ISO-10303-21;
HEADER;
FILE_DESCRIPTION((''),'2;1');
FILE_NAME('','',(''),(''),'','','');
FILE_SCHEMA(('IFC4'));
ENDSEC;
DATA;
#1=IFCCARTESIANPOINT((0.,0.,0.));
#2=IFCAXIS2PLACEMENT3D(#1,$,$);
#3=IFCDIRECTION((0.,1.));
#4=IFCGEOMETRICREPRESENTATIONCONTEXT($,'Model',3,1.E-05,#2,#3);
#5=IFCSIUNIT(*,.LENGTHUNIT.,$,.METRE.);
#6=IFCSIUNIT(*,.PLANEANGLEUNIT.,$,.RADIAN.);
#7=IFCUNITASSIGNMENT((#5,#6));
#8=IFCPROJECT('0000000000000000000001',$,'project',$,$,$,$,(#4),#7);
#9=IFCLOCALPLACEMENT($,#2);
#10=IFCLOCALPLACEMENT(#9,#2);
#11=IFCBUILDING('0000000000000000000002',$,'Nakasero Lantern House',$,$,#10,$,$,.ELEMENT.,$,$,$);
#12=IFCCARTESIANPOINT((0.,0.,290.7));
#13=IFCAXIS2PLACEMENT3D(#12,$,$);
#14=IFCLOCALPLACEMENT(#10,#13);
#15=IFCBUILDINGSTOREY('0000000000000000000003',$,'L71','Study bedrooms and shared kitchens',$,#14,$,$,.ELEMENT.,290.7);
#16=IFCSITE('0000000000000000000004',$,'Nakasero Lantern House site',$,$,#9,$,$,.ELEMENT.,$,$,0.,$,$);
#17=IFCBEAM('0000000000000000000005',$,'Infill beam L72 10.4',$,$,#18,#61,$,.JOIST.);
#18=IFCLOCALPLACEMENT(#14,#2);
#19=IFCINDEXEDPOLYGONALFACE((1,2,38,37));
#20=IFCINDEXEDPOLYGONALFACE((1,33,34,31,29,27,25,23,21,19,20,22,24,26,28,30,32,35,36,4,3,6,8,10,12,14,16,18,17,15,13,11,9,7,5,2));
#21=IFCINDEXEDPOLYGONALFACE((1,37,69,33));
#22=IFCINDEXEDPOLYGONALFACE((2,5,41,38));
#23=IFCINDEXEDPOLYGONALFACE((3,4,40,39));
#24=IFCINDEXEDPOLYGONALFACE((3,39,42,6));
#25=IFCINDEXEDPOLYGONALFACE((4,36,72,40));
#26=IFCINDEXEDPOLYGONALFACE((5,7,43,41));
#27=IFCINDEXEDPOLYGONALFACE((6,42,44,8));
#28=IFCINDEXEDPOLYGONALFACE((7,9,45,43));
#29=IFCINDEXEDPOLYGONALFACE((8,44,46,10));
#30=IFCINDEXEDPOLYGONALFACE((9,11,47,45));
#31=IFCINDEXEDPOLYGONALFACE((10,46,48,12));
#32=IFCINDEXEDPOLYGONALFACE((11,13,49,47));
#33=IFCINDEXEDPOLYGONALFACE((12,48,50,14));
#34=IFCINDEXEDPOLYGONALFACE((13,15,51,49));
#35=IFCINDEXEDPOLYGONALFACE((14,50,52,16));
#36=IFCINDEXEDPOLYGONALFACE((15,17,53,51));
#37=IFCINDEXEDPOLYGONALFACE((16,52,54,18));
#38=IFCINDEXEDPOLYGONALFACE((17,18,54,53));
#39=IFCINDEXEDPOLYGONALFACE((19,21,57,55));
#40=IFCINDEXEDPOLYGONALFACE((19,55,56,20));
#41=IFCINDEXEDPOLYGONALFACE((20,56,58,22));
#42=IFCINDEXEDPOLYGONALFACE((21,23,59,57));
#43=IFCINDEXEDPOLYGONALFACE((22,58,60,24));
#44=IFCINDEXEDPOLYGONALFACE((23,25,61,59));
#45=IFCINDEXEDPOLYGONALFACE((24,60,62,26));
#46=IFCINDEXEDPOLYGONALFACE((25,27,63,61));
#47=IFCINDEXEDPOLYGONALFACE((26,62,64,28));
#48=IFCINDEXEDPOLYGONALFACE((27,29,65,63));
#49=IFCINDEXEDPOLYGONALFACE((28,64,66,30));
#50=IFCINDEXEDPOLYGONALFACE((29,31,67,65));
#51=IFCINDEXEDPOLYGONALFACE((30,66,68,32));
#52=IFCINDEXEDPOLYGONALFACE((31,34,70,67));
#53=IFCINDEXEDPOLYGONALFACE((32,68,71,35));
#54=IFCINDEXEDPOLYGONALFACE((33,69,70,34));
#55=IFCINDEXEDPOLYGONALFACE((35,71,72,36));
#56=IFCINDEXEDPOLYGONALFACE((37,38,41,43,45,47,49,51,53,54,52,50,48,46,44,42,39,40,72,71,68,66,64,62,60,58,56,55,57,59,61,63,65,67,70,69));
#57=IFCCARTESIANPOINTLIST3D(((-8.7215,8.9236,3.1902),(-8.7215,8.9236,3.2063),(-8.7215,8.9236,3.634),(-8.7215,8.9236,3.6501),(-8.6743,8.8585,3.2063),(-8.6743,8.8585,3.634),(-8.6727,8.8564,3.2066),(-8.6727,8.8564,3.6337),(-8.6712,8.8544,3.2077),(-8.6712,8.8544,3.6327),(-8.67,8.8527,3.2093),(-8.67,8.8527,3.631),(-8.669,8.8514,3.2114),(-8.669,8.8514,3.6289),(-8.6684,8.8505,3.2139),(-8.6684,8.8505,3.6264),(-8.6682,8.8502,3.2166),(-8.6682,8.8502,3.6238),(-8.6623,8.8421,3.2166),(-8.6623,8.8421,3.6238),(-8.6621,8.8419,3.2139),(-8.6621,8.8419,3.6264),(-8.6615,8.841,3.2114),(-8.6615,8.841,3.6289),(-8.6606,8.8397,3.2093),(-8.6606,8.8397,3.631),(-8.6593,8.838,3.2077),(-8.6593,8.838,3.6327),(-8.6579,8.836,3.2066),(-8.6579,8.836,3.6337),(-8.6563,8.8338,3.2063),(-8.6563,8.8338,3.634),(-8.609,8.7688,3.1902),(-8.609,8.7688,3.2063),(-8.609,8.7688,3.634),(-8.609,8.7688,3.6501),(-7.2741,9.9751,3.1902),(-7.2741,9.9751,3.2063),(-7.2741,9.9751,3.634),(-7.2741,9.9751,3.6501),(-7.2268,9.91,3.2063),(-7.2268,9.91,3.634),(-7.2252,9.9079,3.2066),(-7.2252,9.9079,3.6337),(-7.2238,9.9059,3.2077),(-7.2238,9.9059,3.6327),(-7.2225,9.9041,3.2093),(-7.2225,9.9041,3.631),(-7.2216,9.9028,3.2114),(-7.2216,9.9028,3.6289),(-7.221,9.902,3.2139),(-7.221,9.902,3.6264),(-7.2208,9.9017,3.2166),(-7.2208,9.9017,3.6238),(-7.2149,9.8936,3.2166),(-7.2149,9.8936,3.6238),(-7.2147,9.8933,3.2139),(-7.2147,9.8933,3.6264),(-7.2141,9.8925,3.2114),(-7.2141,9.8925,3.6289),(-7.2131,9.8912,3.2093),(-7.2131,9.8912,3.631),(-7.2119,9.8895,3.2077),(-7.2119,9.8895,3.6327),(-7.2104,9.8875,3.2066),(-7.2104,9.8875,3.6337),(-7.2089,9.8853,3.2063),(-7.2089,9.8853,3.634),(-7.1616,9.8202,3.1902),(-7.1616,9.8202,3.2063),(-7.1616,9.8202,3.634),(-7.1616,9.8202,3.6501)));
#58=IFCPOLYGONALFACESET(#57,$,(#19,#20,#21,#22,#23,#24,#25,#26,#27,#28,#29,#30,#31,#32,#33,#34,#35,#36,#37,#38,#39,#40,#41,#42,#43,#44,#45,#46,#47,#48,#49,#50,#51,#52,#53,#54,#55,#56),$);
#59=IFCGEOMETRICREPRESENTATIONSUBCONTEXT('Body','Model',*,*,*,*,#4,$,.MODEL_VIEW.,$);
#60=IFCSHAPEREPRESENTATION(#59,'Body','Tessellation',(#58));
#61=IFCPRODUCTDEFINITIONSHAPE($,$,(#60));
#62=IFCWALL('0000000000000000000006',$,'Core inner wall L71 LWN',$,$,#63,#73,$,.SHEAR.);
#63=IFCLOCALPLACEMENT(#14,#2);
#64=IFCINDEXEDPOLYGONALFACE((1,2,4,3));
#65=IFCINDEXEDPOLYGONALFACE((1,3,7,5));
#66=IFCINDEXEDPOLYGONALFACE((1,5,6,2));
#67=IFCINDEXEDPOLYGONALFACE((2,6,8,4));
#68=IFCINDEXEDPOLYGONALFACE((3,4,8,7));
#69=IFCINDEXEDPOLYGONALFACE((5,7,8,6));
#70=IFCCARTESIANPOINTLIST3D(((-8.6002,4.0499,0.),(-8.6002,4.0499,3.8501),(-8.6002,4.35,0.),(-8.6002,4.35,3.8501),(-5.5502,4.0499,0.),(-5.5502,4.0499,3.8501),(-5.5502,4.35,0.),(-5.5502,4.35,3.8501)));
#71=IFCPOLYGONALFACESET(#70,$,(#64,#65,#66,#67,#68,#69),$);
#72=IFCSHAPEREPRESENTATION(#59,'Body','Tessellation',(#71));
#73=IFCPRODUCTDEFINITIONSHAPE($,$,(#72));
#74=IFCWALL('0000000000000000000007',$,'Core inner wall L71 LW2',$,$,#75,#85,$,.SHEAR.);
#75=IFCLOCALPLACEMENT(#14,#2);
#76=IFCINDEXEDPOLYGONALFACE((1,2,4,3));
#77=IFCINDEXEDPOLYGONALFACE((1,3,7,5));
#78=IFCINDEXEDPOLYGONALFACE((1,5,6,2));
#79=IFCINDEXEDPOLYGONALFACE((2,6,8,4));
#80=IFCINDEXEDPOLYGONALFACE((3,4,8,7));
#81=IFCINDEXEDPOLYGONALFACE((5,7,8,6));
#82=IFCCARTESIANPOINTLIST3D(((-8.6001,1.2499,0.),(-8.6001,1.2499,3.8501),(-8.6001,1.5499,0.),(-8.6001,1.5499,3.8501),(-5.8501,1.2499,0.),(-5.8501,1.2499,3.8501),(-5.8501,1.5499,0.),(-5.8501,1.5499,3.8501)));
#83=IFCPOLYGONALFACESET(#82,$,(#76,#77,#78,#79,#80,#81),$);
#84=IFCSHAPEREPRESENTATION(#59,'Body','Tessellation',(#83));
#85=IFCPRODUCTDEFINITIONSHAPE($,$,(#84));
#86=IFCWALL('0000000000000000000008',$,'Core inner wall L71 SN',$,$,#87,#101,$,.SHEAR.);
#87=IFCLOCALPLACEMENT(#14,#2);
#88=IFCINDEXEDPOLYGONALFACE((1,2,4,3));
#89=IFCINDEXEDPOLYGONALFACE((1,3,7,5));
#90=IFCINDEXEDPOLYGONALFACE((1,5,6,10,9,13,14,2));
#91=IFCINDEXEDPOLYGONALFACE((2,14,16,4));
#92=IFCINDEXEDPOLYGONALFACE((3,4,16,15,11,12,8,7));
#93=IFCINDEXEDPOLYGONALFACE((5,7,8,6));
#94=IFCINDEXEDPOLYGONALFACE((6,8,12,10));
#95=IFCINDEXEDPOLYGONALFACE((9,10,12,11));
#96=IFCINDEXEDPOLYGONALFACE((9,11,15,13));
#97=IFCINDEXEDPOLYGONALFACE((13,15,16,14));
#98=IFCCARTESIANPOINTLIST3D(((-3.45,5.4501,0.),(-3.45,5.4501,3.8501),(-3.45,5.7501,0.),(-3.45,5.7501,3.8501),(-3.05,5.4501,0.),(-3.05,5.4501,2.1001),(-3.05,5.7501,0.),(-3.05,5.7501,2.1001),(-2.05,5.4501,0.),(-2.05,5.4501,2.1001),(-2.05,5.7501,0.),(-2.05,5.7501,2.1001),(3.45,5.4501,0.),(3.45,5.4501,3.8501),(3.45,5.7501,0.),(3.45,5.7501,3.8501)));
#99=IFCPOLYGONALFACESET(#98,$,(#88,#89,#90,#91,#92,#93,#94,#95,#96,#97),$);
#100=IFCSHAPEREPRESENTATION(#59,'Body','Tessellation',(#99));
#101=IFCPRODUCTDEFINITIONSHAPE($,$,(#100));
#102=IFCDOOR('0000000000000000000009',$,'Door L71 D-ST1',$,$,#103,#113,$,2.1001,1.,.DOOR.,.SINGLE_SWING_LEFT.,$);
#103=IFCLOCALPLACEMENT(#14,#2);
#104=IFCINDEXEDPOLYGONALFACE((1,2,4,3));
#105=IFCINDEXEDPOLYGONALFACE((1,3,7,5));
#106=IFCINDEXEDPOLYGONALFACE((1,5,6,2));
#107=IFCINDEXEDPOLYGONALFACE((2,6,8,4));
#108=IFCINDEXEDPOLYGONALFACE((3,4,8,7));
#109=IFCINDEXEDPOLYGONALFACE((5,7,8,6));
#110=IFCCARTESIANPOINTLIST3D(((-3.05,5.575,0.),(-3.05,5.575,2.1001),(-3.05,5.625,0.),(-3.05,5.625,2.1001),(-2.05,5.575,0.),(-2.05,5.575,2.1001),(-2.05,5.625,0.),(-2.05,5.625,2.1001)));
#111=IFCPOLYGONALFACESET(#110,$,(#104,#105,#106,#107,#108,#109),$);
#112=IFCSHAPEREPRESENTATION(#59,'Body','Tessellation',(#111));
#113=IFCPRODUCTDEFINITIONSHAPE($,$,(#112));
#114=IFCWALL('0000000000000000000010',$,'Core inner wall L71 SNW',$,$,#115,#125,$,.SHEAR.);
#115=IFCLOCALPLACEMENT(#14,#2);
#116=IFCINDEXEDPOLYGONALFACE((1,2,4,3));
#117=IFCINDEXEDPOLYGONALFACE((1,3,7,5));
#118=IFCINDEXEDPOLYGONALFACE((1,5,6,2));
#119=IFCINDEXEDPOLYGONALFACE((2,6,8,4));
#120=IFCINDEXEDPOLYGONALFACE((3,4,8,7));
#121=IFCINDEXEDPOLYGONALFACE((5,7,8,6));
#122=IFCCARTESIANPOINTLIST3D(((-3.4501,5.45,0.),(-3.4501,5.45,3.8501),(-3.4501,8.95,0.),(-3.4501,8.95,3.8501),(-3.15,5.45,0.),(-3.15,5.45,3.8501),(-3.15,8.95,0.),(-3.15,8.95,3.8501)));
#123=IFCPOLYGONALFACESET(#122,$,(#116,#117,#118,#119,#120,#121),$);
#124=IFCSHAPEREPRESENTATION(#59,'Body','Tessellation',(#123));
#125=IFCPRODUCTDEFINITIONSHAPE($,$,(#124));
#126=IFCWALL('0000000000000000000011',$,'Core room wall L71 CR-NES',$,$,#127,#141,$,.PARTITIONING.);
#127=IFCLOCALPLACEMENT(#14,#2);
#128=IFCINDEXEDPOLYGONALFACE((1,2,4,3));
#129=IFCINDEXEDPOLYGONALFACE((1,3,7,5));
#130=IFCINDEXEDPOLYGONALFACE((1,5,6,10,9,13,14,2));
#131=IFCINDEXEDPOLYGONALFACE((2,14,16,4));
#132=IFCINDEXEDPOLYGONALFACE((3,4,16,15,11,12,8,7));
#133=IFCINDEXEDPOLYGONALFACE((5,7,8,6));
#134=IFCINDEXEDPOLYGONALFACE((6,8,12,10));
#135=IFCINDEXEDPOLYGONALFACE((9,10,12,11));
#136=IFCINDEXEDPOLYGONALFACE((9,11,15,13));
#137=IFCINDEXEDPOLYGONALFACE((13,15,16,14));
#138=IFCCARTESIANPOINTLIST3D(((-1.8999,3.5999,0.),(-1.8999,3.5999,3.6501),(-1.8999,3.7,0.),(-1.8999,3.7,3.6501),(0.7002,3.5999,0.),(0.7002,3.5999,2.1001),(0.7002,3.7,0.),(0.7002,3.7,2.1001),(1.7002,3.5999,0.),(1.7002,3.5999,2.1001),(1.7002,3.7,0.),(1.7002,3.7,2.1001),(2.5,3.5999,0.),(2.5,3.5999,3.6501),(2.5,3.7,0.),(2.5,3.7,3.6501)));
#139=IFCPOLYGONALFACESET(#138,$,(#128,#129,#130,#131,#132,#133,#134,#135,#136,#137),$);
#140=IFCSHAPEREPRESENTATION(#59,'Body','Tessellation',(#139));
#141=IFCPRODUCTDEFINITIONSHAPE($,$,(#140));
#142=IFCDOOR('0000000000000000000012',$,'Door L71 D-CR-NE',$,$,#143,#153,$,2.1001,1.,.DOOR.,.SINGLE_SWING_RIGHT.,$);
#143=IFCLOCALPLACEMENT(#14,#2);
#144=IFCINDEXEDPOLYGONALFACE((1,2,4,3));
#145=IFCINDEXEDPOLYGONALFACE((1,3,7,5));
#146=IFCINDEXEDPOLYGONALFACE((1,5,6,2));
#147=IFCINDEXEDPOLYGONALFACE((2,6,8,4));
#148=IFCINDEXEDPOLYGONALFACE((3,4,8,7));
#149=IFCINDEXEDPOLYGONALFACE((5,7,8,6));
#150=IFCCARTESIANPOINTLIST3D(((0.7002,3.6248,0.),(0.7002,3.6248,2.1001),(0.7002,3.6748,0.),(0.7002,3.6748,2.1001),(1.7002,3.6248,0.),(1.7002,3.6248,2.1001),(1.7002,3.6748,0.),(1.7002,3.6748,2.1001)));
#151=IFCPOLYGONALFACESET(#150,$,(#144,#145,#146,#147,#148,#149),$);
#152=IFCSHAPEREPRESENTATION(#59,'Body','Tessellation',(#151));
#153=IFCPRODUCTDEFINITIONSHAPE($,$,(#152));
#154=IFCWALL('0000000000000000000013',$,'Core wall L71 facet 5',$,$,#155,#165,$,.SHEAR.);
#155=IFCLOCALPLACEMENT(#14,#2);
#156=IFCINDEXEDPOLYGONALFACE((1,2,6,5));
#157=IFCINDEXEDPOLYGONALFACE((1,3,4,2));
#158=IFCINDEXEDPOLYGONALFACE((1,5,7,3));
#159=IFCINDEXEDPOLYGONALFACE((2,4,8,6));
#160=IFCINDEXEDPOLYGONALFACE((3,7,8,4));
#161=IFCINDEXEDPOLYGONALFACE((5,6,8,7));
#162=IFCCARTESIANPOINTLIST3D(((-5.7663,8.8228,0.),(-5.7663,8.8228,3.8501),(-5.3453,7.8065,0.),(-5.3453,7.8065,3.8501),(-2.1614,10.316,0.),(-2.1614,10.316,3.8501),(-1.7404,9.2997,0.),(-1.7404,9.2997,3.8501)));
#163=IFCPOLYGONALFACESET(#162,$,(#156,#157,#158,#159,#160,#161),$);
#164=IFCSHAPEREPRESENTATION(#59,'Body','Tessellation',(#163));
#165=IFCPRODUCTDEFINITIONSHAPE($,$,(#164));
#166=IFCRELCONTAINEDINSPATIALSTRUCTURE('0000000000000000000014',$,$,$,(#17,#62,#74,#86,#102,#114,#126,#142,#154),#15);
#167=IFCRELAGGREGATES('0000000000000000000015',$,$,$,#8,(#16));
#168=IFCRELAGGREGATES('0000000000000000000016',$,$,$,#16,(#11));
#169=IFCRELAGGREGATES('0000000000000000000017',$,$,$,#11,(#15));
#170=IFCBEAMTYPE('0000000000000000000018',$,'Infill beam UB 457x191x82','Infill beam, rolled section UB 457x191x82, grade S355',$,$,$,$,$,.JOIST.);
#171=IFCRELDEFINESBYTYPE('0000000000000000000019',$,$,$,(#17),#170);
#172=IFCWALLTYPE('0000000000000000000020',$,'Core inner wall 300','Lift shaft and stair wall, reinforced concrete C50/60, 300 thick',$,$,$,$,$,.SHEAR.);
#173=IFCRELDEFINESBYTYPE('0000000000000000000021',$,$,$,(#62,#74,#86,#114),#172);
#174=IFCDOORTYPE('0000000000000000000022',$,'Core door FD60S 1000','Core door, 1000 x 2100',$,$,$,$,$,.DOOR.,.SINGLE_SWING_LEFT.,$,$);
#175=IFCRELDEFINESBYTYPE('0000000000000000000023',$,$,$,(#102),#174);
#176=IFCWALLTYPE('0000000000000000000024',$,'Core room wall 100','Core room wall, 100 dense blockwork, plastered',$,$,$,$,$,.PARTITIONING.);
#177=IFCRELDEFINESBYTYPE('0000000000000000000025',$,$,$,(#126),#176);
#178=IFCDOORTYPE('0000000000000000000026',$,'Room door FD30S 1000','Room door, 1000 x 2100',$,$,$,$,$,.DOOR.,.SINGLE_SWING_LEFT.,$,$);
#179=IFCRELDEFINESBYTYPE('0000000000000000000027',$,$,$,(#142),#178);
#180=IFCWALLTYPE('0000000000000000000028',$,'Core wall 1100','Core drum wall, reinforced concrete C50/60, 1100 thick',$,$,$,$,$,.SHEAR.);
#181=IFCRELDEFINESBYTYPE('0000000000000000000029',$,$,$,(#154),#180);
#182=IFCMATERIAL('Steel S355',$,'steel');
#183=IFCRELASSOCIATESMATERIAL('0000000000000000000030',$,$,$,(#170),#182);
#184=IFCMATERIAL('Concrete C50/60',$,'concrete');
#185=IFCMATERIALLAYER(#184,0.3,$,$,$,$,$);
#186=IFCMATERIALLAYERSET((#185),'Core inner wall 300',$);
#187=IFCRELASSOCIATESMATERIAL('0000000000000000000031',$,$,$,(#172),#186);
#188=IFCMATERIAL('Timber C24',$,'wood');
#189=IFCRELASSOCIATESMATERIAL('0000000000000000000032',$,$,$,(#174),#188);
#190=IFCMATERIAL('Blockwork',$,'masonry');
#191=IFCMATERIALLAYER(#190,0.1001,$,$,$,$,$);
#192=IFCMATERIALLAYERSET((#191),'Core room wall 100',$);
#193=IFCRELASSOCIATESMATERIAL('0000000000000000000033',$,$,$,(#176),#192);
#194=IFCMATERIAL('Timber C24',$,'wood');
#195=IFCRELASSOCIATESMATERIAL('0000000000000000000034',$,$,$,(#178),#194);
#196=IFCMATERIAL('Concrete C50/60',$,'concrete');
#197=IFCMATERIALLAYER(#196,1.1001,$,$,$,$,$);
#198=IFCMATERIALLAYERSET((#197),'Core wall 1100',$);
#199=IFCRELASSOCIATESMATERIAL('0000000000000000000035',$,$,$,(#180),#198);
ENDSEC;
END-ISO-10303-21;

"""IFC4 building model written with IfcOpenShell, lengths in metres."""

from ifc_helpers import new_model, si_unit, direction, frame, frame_2d, origin, origin_2d, place, context, subcontext, project, spatial, rectangle, i_section, extrude, material, layer, layer_set, material_profile, profile_set, type_object, element, fill, save


model = new_model("IFC4")

# Units and contexts
model_context = context("Model", 3, precision=1e-05, world=origin(), true_north=direction((0.0, 1.0)))
body_context = subcontext(model_context, "Body", "Model", "MODEL_VIEW")
ifc_project = project(units=[si_unit("LENGTHUNIT", "METRE"), si_unit("PLANEANGLEUNIT", "RADIAN")], contexts=[model_context])

# Site, building, storey
site_placement = place(None, origin())
site = spatial("IfcSite", under=ifc_project, at=site_placement, Name="Nakasero Lantern House site", CompositionType="ELEMENT", RefElevation=0.0)
building_placement = place(site_placement, origin())
building = spatial("IfcBuilding", under=site, at=building_placement, Name="Nakasero Lantern House", CompositionType="ELEMENT")
storey_placement = place(building_placement, frame((0.0, 0.0, 290.7)))
storey = spatial("IfcBuildingStorey", under=building, at=storey_placement, Name="L71", Description="Study bedrooms and shared kitchens", CompositionType="ELEMENT", Elevation=290.7)

# Beam
ifc_material_1 = material(Name="Steel S355", Category="steel")
ifc_material_profile = material_profile(ifc_material_1, i_section(OverallWidth=0.1914, OverallDepth=0.46, WebThickness=0.01, FlangeThickness=0.0161, FilletRadius=0.0103, at=origin_2d()), Name="UB 457x191x82")
ifc_profile_set = profile_set([ifc_material_profile], Name="Steel S355")
beam_type = type_object("IfcBeamType", Name="Infill beam UB 457x191x82", Description="Infill beam, rolled section UB 457x191x82, grade S355", PredefinedType="JOIST", material=ifc_profile_set)
beam_placement = place(storey_placement, frame((-8.6653, 8.8462, 3.4202), z_axis=(0.809061, 0.587725, 0.0), x_axis=(-0.587725, 0.809061, 0.0)))
element("IfcBeam", 1, at=beam_placement, inside=storey, type_object=beam_type, Name="Infill beam L72 10.4", PredefinedType="JOIST", context=body_context, shape_type="SweptSolid", body=[
    extrude(i_section(OverallWidth=0.1914, OverallDepth=0.46, WebThickness=0.01, FlangeThickness=0.0161, FilletRadius=0.0103, at=origin_2d()), origin(), (0.0, 0.0, 1.0), 1.7891),
])

# Walls
ifc_material_2 = material(Name="Concrete C50/60", Category="concrete")
ifc_layer_1 = layer(ifc_material_2, 0.3)
ifc_layer_set_1 = layer_set([ifc_layer_1], Name="Core inner wall 300")
wall_type_1 = type_object("IfcWallType", Name="Core inner wall 300", Description="Lift shaft and stair wall, reinforced concrete C50/60, 300 thick", PredefinedType="SHEAR", material=ifc_layer_set_1)
wall_1_placement = place(storey_placement, frame((-8.6001, 4.2, 0.0), z_axis=(0.0, 0.0, 1.0), x_axis=(1.0, 0.0, 0.0)))
element("IfcWall", 2, at=wall_1_placement, inside=storey, type_object=wall_type_1, Name="Core inner wall L71 LWN", PredefinedType="SHEAR", context=body_context, shape_type="SweptSolid", body=[
    extrude(rectangle(XDim=3.05, YDim=0.3, at=frame_2d((1.5249, 0.0))), origin(), (0.0, 0.0, 1.0), 3.8501),
])
wall_2_placement = place(storey_placement, frame((-8.6001, 1.3999, 0.0), z_axis=(0.0, 0.0, 1.0), x_axis=(1.0, 0.0, 0.0)))
element("IfcWall", 3, at=wall_2_placement, inside=storey, type_object=wall_type_1, Name="Core inner wall L71 LW2", PredefinedType="SHEAR", context=body_context, shape_type="SweptSolid", body=[
    extrude(rectangle(XDim=2.75, YDim=0.3, at=frame_2d((1.375, 0.0))), origin(), (0.0, 0.0, 1.0), 3.8501),
])

# Wall, opening, door
wall_3_placement = place(storey_placement, frame((-3.45, 5.6001, 0.0), z_axis=(0.0, 0.0, 1.0), x_axis=(1.0, 0.0, 0.0)))
wall_3 = element("IfcWall", 4, at=wall_3_placement, inside=storey, type_object=wall_type_1, Name="Core inner wall L71 SN", PredefinedType="SHEAR", context=body_context, shape_type="SweptSolid", body=[
    extrude(rectangle(XDim=6.8999, YDim=0.3, at=frame_2d((3.45, 0.0))), origin(), (0.0, 0.0, 1.0), 3.8501),
])
opening_1_placement = place(wall_3_placement, frame((0.3999, 0.0, 0.0)))
opening_1 = element("IfcOpeningElement", 5, at=opening_1_placement, cuts=wall_3, PredefinedType="OPENING", context=body_context, shape_type="SweptSolid", body=[
    extrude(rectangle(XDim=1.0, YDim=2.1001, at=frame_2d((0.5, 1.05))), frame((0.0, 0.1699, 0.0), z_axis=(0.0, -1.0, 0.0), x_axis=(1.0, 0.0, 0.0)), (0.0, 0.0, 1.0), 0.3401),
])
ifc_material_3 = material(Name="Timber C24", Category="wood")
door_type_1 = type_object("IfcDoorType", Name="Core door FD60S 1000", Description="Core door, 1000 x 2100", OperationType="SINGLE_SWING_LEFT", PredefinedType="DOOR", material=ifc_material_3)
door_1_placement = place(opening_1_placement, origin())
door_1 = element("IfcDoor", 6, at=door_1_placement, inside=storey, type_object=door_type_1, Name="Door L71 D-ST1", OperationType="SINGLE_SWING_LEFT", OverallHeight=2.1001, OverallWidth=1.0, PredefinedType="DOOR", context=body_context, shape_type="SweptSolid", body=[
    extrude(rectangle(XDim=1.0, YDim=2.1001, at=frame_2d((0.5, 1.05))), frame((0.0, 0.0249, 0.0), z_axis=(0.0, -1.0, 0.0), x_axis=(1.0, 0.0, 0.0)), (0.0, 0.0, 1.0), 0.05),
])
fill(opening_1, door_1)

# Wall
wall_4_placement = place(storey_placement, frame((-3.3, 5.45, 0.0), z_axis=(0.0, 0.0, 1.0), x_axis=(0.0, 1.0, 0.0)))
element("IfcWall", 7, at=wall_4_placement, inside=storey, type_object=wall_type_1, Name="Core inner wall L71 SNW", PredefinedType="SHEAR", context=body_context, shape_type="SweptSolid", body=[
    extrude(rectangle(XDim=3.5, YDim=0.3, at=frame_2d((1.75, 0.0))), origin(), (0.0, 0.0, 1.0), 3.8501),
])

# Wall, opening, door
ifc_material_4 = material(Name="Blockwork", Category="masonry")
ifc_layer_2 = layer(ifc_material_4, 0.1001)
ifc_layer_set_2 = layer_set([ifc_layer_2], Name="Core room wall 100")
wall_type_2 = type_object("IfcWallType", Name="Core room wall 100", Description="Core room wall, 100 dense blockwork, plastered", PredefinedType="PARTITIONING", material=ifc_layer_set_2)
wall_5_placement = place(storey_placement, frame((-1.8999, 3.6499, 0.0), z_axis=(0.0, 0.0, 1.0), x_axis=(1.0, 0.0, 0.0)))
wall_5 = element("IfcWall", 8, at=wall_5_placement, inside=storey, type_object=wall_type_2, Name="Core room wall L71 CR-NES", PredefinedType="PARTITIONING", context=body_context, shape_type="SweptSolid", body=[
    extrude(rectangle(XDim=4.3999, YDim=0.1001, at=frame_2d((2.2, 0.0))), origin(), (0.0, 0.0, 1.0), 3.6501),
])
opening_2_placement = place(wall_5_placement, frame((2.6001, 0.0, 0.0)))
opening_2 = element("IfcOpeningElement", 9, at=opening_2_placement, cuts=wall_5, PredefinedType="OPENING", context=body_context, shape_type="SweptSolid", body=[
    extrude(rectangle(XDim=1.0, YDim=2.1001, at=frame_2d((0.5, 1.05))), frame((0.0, 0.0701, 0.0), z_axis=(0.0, -1.0, 0.0), x_axis=(1.0, 0.0, 0.0)), (0.0, 0.0, 1.0), 0.1401),
])
ifc_material_5 = material(Name="Timber C24", Category="wood")
door_type_2 = type_object("IfcDoorType", Name="Room door FD30S 1000", Description="Room door, 1000 x 2100", OperationType="SINGLE_SWING_LEFT", PredefinedType="DOOR", material=ifc_material_5)
door_2_placement = place(opening_2_placement, origin())
door_2 = element("IfcDoor", 10, at=door_2_placement, inside=storey, type_object=door_type_2, Name="Door L71 D-CR-NE", OperationType="SINGLE_SWING_RIGHT", OverallHeight=2.1001, OverallWidth=1.0, PredefinedType="DOOR", context=body_context, shape_type="SweptSolid", body=[
    extrude(rectangle(XDim=1.0, YDim=2.1001, at=frame_2d((0.5, 1.05))), frame((0.0, 0.0249, 0.0), z_axis=(0.0, -1.0, 0.0), x_axis=(1.0, 0.0, 0.0)), (0.0, 0.0, 1.0), 0.05),
])
fill(opening_2, door_2)

# Wall
ifc_material_6 = material(Name="Concrete C50/60", Category="concrete")
ifc_layer_3 = layer(ifc_material_6, 1.1001)
ifc_layer_set_3 = layer_set([ifc_layer_3], Name="Core wall 1100")
wall_type_3 = type_object("IfcWallType", Name="Core wall 1100", Description="Core drum wall, reinforced concrete C50/60, 1100 thick", PredefinedType="SHEAR", material=ifc_layer_set_3)
wall_6_placement = place(storey_placement, frame((-1.9509, 9.8079, 0.0), z_axis=(0.0, 0.0, 1.0), x_axis=(-0.923877, -0.382691, 0.0)))
element("IfcWall", 11, at=wall_6_placement, inside=storey, type_object=wall_type_3, Name="Core wall L71 facet 5", PredefinedType="SHEAR", context=body_context, shape_type="SweptSolid", body=[
    extrude(rectangle(XDim=3.9019, YDim=1.1001, at=frame_2d((1.9509, 0.0))), origin(), (0.0, 0.0, 1.0), 3.8501),
])

save(model, "model.ifc")
